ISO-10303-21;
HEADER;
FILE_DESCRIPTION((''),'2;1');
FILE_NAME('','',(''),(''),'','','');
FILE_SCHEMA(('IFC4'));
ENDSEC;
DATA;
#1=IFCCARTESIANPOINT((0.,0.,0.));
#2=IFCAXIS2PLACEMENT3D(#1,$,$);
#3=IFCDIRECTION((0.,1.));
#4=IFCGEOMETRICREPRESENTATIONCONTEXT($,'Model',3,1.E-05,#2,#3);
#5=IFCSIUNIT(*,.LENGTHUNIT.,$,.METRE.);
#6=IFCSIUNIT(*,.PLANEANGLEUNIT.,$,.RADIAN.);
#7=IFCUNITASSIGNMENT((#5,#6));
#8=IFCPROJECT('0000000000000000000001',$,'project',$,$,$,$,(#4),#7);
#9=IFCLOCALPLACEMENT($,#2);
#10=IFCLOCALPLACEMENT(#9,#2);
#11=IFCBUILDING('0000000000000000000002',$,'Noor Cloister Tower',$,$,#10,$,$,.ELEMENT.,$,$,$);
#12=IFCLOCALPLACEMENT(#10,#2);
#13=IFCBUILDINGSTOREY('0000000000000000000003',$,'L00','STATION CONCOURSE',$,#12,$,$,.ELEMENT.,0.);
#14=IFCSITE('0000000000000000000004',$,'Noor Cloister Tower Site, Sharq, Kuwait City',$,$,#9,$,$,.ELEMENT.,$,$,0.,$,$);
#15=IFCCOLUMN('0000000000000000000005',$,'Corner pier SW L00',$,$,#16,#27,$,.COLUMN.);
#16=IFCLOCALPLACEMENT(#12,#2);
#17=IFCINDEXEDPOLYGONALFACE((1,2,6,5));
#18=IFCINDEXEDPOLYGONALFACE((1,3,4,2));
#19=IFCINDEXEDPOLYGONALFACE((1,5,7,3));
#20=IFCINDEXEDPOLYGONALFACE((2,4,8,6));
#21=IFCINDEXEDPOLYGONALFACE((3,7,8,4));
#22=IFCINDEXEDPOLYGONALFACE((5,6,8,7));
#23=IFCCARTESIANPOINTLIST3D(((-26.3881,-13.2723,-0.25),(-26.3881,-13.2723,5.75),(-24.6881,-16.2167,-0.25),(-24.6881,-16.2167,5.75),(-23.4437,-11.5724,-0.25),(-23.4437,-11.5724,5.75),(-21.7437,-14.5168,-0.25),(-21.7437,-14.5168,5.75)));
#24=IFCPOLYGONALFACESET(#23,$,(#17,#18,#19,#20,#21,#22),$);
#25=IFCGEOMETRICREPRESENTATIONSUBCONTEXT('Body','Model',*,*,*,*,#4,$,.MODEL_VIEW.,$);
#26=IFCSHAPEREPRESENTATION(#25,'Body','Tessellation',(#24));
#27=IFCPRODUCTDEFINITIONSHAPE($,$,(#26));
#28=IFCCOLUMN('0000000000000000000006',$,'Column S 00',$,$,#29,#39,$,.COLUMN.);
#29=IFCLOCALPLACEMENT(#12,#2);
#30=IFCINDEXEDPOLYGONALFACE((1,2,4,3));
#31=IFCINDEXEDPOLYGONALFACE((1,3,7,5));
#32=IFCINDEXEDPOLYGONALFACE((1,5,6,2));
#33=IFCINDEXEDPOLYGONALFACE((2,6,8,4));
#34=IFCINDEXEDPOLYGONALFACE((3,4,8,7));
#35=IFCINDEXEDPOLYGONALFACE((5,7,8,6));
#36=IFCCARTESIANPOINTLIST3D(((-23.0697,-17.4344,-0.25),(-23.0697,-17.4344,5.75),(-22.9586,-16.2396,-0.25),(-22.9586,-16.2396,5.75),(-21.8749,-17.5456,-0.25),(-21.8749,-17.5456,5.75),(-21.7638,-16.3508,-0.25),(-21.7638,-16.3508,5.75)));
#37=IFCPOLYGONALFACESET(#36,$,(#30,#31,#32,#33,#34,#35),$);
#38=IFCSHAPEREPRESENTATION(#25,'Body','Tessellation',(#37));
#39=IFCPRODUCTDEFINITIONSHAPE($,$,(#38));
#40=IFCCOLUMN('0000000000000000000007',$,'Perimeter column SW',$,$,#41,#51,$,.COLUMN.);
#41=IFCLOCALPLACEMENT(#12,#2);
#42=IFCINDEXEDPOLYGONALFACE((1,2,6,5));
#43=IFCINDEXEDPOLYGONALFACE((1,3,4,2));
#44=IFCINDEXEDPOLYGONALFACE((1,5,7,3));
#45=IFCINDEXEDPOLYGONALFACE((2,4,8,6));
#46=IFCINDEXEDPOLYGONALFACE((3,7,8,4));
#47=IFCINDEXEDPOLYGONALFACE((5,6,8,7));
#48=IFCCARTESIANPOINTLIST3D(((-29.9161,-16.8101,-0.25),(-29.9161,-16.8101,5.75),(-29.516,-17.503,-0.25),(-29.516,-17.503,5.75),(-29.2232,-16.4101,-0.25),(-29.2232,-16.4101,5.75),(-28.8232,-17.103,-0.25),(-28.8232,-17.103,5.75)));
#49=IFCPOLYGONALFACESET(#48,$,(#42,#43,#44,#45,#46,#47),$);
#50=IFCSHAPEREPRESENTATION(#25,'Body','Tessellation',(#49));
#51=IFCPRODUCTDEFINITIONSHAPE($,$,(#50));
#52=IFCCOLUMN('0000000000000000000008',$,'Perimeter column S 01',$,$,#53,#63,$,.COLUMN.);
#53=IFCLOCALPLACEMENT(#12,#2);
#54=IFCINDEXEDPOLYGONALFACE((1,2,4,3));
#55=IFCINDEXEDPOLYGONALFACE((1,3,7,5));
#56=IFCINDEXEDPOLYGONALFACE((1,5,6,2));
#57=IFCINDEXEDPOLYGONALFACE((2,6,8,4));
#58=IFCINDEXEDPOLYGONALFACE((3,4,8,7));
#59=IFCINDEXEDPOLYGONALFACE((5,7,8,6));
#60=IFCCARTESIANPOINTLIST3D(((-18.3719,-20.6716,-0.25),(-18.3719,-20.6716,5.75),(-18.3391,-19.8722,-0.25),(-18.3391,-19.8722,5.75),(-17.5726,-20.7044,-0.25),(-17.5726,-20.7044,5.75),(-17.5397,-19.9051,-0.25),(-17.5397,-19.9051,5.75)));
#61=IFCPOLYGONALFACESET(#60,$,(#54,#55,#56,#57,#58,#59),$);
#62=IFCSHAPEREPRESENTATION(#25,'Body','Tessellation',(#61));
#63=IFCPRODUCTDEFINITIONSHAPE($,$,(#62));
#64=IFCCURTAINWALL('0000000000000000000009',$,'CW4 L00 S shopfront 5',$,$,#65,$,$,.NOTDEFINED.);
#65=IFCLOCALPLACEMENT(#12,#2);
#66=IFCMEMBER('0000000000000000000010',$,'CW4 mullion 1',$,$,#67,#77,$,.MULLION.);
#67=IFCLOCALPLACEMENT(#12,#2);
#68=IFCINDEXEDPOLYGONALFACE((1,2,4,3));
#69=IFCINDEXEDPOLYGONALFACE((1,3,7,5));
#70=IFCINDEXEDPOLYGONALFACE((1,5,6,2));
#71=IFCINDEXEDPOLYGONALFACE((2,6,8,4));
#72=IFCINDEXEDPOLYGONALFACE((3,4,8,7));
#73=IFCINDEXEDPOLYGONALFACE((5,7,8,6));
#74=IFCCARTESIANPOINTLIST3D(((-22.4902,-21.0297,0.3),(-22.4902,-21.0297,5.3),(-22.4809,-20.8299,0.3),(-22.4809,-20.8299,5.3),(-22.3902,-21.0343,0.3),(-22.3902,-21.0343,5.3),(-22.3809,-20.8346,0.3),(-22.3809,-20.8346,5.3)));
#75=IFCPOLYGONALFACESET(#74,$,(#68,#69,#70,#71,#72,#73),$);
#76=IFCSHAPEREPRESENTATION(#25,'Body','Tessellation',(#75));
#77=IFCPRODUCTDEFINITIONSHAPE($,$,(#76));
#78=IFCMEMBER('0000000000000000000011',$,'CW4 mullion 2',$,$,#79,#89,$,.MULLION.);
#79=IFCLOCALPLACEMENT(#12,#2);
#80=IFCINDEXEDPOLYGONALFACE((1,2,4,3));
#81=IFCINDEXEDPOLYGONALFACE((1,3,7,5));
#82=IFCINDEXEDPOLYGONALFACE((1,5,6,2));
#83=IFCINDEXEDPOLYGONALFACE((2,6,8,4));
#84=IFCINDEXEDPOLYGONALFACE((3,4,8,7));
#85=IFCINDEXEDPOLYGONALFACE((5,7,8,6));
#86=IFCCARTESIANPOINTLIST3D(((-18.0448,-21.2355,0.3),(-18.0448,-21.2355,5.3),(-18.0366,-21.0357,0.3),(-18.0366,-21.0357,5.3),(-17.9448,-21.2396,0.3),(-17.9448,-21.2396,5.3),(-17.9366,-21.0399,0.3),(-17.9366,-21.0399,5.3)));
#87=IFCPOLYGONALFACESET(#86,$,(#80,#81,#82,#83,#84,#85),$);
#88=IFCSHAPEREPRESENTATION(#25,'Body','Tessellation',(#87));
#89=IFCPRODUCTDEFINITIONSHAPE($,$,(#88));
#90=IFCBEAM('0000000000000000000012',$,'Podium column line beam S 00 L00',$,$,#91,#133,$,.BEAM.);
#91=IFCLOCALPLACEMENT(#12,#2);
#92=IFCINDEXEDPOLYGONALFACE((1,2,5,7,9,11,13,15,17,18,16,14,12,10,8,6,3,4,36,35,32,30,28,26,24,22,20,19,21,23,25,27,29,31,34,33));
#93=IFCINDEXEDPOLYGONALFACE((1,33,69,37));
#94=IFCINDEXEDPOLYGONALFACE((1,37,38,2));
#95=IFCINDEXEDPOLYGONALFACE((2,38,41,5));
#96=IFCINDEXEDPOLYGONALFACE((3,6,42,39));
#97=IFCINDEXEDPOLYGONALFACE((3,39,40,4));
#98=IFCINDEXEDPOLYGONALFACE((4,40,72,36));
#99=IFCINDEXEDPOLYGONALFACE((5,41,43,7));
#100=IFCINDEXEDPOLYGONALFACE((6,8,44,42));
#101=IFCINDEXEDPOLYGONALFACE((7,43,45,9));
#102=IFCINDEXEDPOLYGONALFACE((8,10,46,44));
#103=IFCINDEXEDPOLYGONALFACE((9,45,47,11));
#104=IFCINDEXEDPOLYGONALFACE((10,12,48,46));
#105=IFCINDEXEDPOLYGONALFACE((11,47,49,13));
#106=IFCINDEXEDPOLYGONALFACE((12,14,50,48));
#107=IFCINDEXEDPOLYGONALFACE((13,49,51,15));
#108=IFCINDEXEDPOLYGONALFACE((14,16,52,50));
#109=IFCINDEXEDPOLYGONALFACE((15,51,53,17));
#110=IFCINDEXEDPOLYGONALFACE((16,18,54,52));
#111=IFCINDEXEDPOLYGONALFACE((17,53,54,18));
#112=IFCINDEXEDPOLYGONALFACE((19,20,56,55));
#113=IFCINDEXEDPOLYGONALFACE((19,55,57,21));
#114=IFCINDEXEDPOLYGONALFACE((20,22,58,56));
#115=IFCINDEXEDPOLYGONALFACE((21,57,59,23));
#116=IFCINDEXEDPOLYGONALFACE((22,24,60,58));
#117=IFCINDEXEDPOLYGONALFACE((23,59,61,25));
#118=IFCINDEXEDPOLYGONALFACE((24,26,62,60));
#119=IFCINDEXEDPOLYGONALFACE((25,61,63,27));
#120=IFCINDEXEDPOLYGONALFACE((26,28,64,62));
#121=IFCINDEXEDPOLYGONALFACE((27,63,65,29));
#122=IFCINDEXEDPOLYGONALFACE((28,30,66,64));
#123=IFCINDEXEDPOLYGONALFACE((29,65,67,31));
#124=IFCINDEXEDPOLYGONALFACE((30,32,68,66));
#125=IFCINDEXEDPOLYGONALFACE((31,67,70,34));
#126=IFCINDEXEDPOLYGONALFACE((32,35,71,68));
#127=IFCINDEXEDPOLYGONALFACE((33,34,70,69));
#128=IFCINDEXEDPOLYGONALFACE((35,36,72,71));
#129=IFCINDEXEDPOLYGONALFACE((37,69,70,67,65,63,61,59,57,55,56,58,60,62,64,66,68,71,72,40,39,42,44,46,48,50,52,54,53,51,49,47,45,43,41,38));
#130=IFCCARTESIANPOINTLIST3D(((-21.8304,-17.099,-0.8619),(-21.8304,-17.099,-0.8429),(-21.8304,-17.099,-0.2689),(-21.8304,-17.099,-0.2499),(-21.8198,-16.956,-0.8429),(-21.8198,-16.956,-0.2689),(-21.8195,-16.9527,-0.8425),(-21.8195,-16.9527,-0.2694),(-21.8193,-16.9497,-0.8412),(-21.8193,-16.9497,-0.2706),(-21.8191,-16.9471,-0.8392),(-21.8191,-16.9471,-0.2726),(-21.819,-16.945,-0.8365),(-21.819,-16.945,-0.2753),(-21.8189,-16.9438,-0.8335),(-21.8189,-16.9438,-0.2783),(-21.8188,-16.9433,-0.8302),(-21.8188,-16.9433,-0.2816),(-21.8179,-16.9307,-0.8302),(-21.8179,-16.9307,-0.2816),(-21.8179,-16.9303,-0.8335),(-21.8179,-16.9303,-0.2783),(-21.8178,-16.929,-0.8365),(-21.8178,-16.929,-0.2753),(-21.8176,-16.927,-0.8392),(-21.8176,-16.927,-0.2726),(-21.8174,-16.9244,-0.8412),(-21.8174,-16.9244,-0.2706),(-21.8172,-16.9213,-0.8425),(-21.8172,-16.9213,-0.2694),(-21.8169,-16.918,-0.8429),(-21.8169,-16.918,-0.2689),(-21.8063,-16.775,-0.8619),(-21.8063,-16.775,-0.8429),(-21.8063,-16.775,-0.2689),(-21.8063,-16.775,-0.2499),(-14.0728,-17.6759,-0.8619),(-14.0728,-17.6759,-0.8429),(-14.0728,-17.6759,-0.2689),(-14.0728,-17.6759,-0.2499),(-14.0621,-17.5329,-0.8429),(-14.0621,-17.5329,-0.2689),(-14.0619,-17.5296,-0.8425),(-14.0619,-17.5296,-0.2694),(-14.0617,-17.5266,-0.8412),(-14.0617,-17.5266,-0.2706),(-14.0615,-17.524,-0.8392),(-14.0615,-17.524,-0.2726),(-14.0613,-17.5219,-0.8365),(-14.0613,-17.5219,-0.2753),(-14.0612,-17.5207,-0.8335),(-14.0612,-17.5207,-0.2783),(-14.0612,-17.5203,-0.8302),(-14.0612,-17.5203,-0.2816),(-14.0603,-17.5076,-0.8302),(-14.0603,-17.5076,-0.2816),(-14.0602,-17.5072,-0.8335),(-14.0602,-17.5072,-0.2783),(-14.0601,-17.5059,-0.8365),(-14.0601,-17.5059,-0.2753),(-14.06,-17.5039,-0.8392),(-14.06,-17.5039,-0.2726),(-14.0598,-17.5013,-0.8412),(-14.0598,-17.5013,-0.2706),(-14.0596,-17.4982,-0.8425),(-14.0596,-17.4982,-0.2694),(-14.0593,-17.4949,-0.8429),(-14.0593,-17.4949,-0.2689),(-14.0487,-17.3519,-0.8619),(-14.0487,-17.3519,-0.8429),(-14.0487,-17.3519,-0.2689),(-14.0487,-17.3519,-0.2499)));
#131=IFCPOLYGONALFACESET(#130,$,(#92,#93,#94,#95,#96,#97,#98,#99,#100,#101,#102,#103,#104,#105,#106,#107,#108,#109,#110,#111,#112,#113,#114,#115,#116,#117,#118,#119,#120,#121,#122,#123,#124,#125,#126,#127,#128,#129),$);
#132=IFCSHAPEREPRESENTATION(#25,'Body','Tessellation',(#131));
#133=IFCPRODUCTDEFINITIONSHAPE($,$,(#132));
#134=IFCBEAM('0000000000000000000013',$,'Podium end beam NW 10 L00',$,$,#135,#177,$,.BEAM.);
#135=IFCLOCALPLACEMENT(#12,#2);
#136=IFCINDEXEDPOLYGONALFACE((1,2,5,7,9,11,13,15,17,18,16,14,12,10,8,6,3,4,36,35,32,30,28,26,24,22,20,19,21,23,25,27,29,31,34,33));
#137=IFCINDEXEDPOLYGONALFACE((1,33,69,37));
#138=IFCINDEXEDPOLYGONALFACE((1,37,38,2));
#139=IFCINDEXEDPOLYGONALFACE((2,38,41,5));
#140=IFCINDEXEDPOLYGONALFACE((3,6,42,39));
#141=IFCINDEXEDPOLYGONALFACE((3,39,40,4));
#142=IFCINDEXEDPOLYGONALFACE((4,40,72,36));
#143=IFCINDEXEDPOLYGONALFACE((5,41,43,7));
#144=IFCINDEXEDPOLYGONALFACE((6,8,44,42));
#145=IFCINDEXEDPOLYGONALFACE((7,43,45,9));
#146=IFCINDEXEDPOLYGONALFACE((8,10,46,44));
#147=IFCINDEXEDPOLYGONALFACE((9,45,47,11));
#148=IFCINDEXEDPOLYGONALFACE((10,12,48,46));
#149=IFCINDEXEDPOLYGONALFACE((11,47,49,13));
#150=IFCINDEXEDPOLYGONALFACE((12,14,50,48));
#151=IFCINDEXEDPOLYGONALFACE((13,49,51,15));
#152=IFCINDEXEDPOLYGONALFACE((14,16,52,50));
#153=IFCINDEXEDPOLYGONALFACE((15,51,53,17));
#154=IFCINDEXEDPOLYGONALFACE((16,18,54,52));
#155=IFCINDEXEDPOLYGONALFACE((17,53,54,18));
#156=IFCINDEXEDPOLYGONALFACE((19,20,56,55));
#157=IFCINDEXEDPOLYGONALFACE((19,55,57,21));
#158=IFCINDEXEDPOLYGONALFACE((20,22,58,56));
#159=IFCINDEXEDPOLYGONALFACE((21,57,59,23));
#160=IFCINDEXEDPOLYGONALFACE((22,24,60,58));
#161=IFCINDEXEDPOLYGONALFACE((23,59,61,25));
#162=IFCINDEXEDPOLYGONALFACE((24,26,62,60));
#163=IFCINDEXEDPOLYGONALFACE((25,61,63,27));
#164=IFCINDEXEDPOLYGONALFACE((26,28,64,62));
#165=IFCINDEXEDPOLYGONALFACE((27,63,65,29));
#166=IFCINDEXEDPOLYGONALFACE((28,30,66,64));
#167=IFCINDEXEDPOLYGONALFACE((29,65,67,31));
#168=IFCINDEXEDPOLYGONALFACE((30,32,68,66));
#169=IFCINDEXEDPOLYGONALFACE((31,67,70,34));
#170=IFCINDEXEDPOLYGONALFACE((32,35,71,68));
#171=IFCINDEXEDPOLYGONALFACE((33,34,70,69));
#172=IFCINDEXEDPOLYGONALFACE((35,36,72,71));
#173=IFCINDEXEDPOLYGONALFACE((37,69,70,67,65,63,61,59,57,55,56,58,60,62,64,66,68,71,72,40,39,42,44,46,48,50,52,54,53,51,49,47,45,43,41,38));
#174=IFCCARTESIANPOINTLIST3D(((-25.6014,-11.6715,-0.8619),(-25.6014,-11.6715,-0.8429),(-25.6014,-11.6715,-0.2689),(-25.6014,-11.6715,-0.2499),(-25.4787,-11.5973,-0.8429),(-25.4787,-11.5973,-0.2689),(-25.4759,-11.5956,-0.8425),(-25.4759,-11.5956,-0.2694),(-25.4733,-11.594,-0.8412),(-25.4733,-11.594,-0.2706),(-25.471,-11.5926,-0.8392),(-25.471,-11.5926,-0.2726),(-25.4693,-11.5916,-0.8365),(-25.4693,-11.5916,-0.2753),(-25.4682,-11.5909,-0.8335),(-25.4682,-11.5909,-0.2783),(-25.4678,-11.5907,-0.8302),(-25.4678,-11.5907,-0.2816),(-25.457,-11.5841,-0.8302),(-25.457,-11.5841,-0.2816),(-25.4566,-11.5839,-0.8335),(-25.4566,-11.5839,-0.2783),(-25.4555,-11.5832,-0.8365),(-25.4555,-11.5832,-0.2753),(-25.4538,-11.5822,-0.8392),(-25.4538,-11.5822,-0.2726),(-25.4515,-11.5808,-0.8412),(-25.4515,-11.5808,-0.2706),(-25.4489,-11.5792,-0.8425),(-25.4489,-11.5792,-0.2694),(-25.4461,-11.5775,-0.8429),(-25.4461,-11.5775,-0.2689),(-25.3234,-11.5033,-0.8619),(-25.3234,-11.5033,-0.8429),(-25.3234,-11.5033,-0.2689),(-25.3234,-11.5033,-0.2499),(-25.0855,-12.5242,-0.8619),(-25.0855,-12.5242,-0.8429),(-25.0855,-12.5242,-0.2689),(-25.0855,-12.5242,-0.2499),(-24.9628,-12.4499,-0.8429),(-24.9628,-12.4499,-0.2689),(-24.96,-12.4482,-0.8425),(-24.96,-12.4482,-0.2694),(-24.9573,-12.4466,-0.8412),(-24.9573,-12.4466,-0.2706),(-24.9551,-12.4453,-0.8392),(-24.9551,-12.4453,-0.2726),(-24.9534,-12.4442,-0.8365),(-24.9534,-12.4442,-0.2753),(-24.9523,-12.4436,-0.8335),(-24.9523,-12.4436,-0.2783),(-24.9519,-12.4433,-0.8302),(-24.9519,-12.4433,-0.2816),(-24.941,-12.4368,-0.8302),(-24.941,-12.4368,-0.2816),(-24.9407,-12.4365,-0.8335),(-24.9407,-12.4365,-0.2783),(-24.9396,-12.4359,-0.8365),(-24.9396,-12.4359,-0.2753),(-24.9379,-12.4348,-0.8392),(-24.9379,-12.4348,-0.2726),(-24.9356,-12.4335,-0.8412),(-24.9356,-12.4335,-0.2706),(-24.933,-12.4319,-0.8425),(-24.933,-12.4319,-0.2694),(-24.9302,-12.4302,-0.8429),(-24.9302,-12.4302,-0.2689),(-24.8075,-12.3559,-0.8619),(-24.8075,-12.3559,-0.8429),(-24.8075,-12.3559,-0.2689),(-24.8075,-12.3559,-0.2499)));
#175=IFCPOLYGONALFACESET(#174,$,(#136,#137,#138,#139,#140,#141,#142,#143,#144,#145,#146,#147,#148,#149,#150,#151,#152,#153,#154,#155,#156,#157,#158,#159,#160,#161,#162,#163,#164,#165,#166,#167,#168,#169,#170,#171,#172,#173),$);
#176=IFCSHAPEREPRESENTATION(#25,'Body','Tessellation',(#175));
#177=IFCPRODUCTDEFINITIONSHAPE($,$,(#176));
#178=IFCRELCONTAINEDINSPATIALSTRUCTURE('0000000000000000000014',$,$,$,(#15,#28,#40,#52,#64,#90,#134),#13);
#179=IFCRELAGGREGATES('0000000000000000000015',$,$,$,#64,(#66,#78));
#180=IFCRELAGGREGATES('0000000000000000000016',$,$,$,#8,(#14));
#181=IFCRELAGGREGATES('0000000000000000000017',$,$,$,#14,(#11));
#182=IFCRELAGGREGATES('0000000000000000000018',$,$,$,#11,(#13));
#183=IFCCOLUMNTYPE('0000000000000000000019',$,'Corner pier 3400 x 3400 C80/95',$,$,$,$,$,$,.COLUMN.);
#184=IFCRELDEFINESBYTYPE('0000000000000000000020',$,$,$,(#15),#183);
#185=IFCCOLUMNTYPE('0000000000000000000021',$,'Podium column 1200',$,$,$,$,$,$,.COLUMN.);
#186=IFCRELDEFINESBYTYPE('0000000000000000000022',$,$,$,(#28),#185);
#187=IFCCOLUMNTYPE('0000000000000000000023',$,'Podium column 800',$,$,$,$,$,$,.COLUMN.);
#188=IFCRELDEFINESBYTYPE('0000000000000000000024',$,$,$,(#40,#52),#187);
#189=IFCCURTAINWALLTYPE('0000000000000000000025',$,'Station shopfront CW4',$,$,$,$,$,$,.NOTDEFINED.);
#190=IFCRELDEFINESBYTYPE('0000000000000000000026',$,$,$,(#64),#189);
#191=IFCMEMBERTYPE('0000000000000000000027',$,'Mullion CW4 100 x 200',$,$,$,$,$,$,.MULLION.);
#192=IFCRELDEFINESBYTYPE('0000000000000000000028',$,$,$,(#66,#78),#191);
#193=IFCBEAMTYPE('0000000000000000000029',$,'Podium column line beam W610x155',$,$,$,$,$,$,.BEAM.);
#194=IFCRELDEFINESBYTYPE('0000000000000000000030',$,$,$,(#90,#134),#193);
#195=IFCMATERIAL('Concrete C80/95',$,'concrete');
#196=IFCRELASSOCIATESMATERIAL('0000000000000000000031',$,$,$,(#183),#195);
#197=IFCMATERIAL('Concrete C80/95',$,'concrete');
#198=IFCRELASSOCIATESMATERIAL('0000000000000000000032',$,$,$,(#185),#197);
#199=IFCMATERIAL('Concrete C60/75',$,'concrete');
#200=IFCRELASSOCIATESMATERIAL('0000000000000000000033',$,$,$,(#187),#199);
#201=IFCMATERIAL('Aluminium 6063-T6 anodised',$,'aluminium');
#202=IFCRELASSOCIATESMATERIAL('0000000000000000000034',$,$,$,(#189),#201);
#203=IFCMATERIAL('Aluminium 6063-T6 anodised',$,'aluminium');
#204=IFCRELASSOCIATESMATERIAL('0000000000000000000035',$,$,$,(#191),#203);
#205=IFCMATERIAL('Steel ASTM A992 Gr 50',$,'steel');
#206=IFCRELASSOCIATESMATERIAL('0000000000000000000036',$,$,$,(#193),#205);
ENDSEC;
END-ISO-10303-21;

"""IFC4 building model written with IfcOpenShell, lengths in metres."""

from ifc_helpers import new_model, si_unit, direction, frame, origin, origin_2d, place, context, subcontext, project, spatial, rectangle, i_section, extrude, material, material_profile, profile_set, type_object, element, aggregate, save


model = new_model("IFC4")

# Units and contexts
model_context = context("Model", 3, precision=1e-05, world=origin(), true_north=direction((0.0, 1.0)))
body_context = subcontext(model_context, "Body", "Model", "MODEL_VIEW")
ifc_project = project(units=[si_unit("LENGTHUNIT", "METRE"), si_unit("PLANEANGLEUNIT", "RADIAN")], contexts=[model_context])

# Site, building, storey
site_placement = place(None, origin())
site = spatial("IfcSite", under=ifc_project, at=site_placement, Name="Noor Cloister Tower Site, Sharq, Kuwait City", CompositionType="ELEMENT", RefElevation=0.0)
building_placement = place(site_placement, origin())
building = spatial("IfcBuilding", under=site, at=building_placement, Name="Noor Cloister Tower", CompositionType="ELEMENT")
storey_placement = place(building_placement, origin())
storey = spatial("IfcBuildingStorey", under=building, at=storey_placement, Name="L00", Description="STATION CONCOURSE", CompositionType="ELEMENT", Elevation=0.0)

# Columns
ifc_material_1 = material(Name="Concrete C80/95", Category="concrete")
ifc_material_profile_1 = material_profile(ifc_material_1, rectangle(XDim=3.3999, YDim=3.3999, at=origin_2d()), Name="RC 3400x3400")
ifc_profile_set_1 = profile_set([ifc_material_profile_1], Name="Concrete C80/95")
column_type_1 = type_object("IfcColumnType", Name="Corner pier 3400 x 3400 C80/95", PredefinedType="COLUMN", material=ifc_profile_set_1)
column_1_placement = place(storey_placement, frame((-24.0659, -13.8945, -0.25), z_axis=(0.0, 0.0, 1.0), x_axis=(-0.866025, -0.5, 0.0)))
element("IfcColumn", 1, at=column_1_placement, inside=storey, type_object=column_type_1, Name="Corner pier SW L00", PredefinedType="COLUMN", context=body_context, shape_type="SweptSolid", body=[
    extrude(rectangle(XDim=3.3999, YDim=3.3999, at=origin_2d()), origin(), (0.0, 0.0, 1.0), 6.0),
])
ifc_material_2 = material(Name="Concrete C80/95", Category="concrete")
ifc_material_profile_2 = material_profile(ifc_material_2, rectangle(XDim=1.2, YDim=1.2, at=origin_2d()), Name="Podium column 1200")
ifc_profile_set_2 = profile_set([ifc_material_profile_2], Name="Concrete C80/95")
column_type_2 = type_object("IfcColumnType", Name="Podium column 1200", PredefinedType="COLUMN", material=ifc_profile_set_2)
column_2_placement = place(storey_placement, frame((-22.4167, -16.8926, -0.25), z_axis=(0.0, 0.0, 1.0), x_axis=(-0.092636, -0.9957, 0.0)))
element("IfcColumn", 2, at=column_2_placement, inside=storey, type_object=column_type_2, Name="Column S 00", PredefinedType="COLUMN", context=body_context, shape_type="SweptSolid", body=[
    extrude(rectangle(XDim=1.2, YDim=1.2, at=origin_2d()), origin(), (0.0, 0.0, 1.0), 6.0),
])
ifc_material_3 = material(Name="Concrete C60/75", Category="concrete")
ifc_material_profile_3 = material_profile(ifc_material_3, rectangle(XDim=0.8, YDim=0.8, at=origin_2d()), Name="Podium column 800")
ifc_profile_set_3 = profile_set([ifc_material_profile_3], Name="Concrete C60/75")
column_type_3 = type_object("IfcColumnType", Name="Podium column 800", PredefinedType="COLUMN", material=ifc_profile_set_3)
for number, where, z_axis, x_axis, name in (
    (3, (-29.3696, -16.9565, -0.25), (0.0, 0.0, 1.0), (-0.866025, -0.5, 0.0), "Perimeter column SW"),
    (4, (-17.9558, -20.2883, -0.25), (0.0, 0.0, 1.0), (-0.041066, -0.999156, 0.0), "Perimeter column S 01"),
):
    element("IfcColumn", number, at=place(storey_placement, frame(where, z_axis=z_axis, x_axis=x_axis)), inside=storey, type_object=column_type_3, Name=name, PredefinedType="COLUMN", context=body_context, shape_type="SweptSolid", body=[
        extrude(rectangle(XDim=0.8, YDim=0.8, at=origin_2d()), origin(), (0.0, 0.0, 1.0), 6.0),
    ])

# Curtain wall, members
ifc_material_4 = material(Name="Aluminium 6063-T6 anodised", Category="aluminium")
curtain_wall_type = type_object("IfcCurtainWallType", Name="Station shopfront CW4", PredefinedType="NOTDEFINED", material=ifc_material_4)
curtain_wall_placement = place(storey_placement, origin())
curtain_wall = element("IfcCurtainWall", 5, at=curtain_wall_placement, inside=storey, type_object=curtain_wall_type, Name="CW4 L00 S shopfront 5", PredefinedType="NOTDEFINED")
ifc_material_5 = material(Name="Aluminium 6063-T6 anodised", Category="aluminium")
ifc_material_profile_4 = material_profile(ifc_material_5, rectangle(XDim=0.2, YDim=0.1001, at=origin_2d()), Name="200 x 100 mullion")
ifc_profile_set_4 = profile_set([ifc_material_profile_4], Name="Aluminium 6063-T6 anodised")
member_type = type_object("IfcMemberType", Name="Mullion CW4 100 x 200", PredefinedType="MULLION", material=ifc_profile_set_4)
member_1_placement = place(storey_placement, frame((-22.4355, -20.9321, 0.3), z_axis=(0.0, 0.0, 1.0), x_axis=(0.046195, 0.998932, 0.0)))
member_1 = element("IfcMember", 6, at=member_1_placement, type_object=member_type, Name="CW4 mullion 1", PredefinedType="MULLION", context=body_context, shape_type="SweptSolid", body=[
    extrude(rectangle(XDim=0.2, YDim=0.1001, at=origin_2d()), origin(), (0.0, 0.0, 1.0), 5.0),
])
member_2_placement = place(storey_placement, frame((-17.9907, -21.1377, 0.3), z_axis=(0.0, 0.0, 1.0), x_axis=(0.041066, 0.999156, 0.0)))
member_2 = element("IfcMember", 7, at=member_2_placement, type_object=member_type, Name="CW4 mullion 2", PredefinedType="MULLION", context=body_context, shape_type="SweptSolid", body=[
    extrude(rectangle(XDim=0.2, YDim=0.1001, at=origin_2d()), origin(), (0.0, 0.0, 1.0), 5.0),
])

# Beams
ifc_material_6 = material(Name="Steel ASTM A992 Gr 50", Category="steel")
ifc_material_profile_5 = material_profile(ifc_material_6, i_section(OverallWidth=0.325, OverallDepth=0.6121, WebThickness=0.0127, FlangeThickness=0.019, FilletRadius=0.0127, at=origin_2d()), Name="W610x155")
ifc_profile_set_5 = profile_set([ifc_material_profile_5], Name="Steel ASTM A992 Gr 50")
beam_type_1 = type_object("IfcBeamType", Name="Podium column line beam W610x155", PredefinedType="BEAM", material=ifc_profile_set_5)
beam_1_placement = place(storey_placement, frame((-21.8184, -16.937, -0.5559), z_axis=(0.997246, -0.074162, 0.0), x_axis=(0.074162, 0.997246, 0.0)))
element("IfcBeam", 8, at=beam_1_placement, inside=storey, type_object=beam_type_1, Name="Podium column line beam S 00 L00", PredefinedType="BEAM", context=body_context, shape_type="SweptSolid", body=[
    extrude(i_section(OverallWidth=0.325, OverallDepth=0.6121, WebThickness=0.0127, FlangeThickness=0.019, FilletRadius=0.0127, at=origin_2d()), origin(), (0.0, 0.0, 1.0), 7.7791),
])
for number, where, z_axis, x_axis, name in (
    (9, (-25.4624, -11.5874, -0.5559), (0.517699, -0.855563, 0.0), (0.855563, 0.517699, 0.0), "Podium end beam NW 10 L00"),
):
    element("IfcBeam", number, at=place(storey_placement, frame(where, z_axis=z_axis, x_axis=x_axis)), inside=storey, type_object=beam_type_1, Name=name, PredefinedType="BEAM", context=body_context, shape_type="SweptSolid", body=[
        extrude(i_section(OverallWidth=0.325, OverallDepth=0.6121, WebThickness=0.0127, FlangeThickness=0.019, FilletRadius=0.0127, at=origin_2d()), origin(), (0.0, 0.0, 1.0), 0.9966),
    ])

aggregate(curtain_wall, [member_1, member_2])

save(model, "model.ifc")
